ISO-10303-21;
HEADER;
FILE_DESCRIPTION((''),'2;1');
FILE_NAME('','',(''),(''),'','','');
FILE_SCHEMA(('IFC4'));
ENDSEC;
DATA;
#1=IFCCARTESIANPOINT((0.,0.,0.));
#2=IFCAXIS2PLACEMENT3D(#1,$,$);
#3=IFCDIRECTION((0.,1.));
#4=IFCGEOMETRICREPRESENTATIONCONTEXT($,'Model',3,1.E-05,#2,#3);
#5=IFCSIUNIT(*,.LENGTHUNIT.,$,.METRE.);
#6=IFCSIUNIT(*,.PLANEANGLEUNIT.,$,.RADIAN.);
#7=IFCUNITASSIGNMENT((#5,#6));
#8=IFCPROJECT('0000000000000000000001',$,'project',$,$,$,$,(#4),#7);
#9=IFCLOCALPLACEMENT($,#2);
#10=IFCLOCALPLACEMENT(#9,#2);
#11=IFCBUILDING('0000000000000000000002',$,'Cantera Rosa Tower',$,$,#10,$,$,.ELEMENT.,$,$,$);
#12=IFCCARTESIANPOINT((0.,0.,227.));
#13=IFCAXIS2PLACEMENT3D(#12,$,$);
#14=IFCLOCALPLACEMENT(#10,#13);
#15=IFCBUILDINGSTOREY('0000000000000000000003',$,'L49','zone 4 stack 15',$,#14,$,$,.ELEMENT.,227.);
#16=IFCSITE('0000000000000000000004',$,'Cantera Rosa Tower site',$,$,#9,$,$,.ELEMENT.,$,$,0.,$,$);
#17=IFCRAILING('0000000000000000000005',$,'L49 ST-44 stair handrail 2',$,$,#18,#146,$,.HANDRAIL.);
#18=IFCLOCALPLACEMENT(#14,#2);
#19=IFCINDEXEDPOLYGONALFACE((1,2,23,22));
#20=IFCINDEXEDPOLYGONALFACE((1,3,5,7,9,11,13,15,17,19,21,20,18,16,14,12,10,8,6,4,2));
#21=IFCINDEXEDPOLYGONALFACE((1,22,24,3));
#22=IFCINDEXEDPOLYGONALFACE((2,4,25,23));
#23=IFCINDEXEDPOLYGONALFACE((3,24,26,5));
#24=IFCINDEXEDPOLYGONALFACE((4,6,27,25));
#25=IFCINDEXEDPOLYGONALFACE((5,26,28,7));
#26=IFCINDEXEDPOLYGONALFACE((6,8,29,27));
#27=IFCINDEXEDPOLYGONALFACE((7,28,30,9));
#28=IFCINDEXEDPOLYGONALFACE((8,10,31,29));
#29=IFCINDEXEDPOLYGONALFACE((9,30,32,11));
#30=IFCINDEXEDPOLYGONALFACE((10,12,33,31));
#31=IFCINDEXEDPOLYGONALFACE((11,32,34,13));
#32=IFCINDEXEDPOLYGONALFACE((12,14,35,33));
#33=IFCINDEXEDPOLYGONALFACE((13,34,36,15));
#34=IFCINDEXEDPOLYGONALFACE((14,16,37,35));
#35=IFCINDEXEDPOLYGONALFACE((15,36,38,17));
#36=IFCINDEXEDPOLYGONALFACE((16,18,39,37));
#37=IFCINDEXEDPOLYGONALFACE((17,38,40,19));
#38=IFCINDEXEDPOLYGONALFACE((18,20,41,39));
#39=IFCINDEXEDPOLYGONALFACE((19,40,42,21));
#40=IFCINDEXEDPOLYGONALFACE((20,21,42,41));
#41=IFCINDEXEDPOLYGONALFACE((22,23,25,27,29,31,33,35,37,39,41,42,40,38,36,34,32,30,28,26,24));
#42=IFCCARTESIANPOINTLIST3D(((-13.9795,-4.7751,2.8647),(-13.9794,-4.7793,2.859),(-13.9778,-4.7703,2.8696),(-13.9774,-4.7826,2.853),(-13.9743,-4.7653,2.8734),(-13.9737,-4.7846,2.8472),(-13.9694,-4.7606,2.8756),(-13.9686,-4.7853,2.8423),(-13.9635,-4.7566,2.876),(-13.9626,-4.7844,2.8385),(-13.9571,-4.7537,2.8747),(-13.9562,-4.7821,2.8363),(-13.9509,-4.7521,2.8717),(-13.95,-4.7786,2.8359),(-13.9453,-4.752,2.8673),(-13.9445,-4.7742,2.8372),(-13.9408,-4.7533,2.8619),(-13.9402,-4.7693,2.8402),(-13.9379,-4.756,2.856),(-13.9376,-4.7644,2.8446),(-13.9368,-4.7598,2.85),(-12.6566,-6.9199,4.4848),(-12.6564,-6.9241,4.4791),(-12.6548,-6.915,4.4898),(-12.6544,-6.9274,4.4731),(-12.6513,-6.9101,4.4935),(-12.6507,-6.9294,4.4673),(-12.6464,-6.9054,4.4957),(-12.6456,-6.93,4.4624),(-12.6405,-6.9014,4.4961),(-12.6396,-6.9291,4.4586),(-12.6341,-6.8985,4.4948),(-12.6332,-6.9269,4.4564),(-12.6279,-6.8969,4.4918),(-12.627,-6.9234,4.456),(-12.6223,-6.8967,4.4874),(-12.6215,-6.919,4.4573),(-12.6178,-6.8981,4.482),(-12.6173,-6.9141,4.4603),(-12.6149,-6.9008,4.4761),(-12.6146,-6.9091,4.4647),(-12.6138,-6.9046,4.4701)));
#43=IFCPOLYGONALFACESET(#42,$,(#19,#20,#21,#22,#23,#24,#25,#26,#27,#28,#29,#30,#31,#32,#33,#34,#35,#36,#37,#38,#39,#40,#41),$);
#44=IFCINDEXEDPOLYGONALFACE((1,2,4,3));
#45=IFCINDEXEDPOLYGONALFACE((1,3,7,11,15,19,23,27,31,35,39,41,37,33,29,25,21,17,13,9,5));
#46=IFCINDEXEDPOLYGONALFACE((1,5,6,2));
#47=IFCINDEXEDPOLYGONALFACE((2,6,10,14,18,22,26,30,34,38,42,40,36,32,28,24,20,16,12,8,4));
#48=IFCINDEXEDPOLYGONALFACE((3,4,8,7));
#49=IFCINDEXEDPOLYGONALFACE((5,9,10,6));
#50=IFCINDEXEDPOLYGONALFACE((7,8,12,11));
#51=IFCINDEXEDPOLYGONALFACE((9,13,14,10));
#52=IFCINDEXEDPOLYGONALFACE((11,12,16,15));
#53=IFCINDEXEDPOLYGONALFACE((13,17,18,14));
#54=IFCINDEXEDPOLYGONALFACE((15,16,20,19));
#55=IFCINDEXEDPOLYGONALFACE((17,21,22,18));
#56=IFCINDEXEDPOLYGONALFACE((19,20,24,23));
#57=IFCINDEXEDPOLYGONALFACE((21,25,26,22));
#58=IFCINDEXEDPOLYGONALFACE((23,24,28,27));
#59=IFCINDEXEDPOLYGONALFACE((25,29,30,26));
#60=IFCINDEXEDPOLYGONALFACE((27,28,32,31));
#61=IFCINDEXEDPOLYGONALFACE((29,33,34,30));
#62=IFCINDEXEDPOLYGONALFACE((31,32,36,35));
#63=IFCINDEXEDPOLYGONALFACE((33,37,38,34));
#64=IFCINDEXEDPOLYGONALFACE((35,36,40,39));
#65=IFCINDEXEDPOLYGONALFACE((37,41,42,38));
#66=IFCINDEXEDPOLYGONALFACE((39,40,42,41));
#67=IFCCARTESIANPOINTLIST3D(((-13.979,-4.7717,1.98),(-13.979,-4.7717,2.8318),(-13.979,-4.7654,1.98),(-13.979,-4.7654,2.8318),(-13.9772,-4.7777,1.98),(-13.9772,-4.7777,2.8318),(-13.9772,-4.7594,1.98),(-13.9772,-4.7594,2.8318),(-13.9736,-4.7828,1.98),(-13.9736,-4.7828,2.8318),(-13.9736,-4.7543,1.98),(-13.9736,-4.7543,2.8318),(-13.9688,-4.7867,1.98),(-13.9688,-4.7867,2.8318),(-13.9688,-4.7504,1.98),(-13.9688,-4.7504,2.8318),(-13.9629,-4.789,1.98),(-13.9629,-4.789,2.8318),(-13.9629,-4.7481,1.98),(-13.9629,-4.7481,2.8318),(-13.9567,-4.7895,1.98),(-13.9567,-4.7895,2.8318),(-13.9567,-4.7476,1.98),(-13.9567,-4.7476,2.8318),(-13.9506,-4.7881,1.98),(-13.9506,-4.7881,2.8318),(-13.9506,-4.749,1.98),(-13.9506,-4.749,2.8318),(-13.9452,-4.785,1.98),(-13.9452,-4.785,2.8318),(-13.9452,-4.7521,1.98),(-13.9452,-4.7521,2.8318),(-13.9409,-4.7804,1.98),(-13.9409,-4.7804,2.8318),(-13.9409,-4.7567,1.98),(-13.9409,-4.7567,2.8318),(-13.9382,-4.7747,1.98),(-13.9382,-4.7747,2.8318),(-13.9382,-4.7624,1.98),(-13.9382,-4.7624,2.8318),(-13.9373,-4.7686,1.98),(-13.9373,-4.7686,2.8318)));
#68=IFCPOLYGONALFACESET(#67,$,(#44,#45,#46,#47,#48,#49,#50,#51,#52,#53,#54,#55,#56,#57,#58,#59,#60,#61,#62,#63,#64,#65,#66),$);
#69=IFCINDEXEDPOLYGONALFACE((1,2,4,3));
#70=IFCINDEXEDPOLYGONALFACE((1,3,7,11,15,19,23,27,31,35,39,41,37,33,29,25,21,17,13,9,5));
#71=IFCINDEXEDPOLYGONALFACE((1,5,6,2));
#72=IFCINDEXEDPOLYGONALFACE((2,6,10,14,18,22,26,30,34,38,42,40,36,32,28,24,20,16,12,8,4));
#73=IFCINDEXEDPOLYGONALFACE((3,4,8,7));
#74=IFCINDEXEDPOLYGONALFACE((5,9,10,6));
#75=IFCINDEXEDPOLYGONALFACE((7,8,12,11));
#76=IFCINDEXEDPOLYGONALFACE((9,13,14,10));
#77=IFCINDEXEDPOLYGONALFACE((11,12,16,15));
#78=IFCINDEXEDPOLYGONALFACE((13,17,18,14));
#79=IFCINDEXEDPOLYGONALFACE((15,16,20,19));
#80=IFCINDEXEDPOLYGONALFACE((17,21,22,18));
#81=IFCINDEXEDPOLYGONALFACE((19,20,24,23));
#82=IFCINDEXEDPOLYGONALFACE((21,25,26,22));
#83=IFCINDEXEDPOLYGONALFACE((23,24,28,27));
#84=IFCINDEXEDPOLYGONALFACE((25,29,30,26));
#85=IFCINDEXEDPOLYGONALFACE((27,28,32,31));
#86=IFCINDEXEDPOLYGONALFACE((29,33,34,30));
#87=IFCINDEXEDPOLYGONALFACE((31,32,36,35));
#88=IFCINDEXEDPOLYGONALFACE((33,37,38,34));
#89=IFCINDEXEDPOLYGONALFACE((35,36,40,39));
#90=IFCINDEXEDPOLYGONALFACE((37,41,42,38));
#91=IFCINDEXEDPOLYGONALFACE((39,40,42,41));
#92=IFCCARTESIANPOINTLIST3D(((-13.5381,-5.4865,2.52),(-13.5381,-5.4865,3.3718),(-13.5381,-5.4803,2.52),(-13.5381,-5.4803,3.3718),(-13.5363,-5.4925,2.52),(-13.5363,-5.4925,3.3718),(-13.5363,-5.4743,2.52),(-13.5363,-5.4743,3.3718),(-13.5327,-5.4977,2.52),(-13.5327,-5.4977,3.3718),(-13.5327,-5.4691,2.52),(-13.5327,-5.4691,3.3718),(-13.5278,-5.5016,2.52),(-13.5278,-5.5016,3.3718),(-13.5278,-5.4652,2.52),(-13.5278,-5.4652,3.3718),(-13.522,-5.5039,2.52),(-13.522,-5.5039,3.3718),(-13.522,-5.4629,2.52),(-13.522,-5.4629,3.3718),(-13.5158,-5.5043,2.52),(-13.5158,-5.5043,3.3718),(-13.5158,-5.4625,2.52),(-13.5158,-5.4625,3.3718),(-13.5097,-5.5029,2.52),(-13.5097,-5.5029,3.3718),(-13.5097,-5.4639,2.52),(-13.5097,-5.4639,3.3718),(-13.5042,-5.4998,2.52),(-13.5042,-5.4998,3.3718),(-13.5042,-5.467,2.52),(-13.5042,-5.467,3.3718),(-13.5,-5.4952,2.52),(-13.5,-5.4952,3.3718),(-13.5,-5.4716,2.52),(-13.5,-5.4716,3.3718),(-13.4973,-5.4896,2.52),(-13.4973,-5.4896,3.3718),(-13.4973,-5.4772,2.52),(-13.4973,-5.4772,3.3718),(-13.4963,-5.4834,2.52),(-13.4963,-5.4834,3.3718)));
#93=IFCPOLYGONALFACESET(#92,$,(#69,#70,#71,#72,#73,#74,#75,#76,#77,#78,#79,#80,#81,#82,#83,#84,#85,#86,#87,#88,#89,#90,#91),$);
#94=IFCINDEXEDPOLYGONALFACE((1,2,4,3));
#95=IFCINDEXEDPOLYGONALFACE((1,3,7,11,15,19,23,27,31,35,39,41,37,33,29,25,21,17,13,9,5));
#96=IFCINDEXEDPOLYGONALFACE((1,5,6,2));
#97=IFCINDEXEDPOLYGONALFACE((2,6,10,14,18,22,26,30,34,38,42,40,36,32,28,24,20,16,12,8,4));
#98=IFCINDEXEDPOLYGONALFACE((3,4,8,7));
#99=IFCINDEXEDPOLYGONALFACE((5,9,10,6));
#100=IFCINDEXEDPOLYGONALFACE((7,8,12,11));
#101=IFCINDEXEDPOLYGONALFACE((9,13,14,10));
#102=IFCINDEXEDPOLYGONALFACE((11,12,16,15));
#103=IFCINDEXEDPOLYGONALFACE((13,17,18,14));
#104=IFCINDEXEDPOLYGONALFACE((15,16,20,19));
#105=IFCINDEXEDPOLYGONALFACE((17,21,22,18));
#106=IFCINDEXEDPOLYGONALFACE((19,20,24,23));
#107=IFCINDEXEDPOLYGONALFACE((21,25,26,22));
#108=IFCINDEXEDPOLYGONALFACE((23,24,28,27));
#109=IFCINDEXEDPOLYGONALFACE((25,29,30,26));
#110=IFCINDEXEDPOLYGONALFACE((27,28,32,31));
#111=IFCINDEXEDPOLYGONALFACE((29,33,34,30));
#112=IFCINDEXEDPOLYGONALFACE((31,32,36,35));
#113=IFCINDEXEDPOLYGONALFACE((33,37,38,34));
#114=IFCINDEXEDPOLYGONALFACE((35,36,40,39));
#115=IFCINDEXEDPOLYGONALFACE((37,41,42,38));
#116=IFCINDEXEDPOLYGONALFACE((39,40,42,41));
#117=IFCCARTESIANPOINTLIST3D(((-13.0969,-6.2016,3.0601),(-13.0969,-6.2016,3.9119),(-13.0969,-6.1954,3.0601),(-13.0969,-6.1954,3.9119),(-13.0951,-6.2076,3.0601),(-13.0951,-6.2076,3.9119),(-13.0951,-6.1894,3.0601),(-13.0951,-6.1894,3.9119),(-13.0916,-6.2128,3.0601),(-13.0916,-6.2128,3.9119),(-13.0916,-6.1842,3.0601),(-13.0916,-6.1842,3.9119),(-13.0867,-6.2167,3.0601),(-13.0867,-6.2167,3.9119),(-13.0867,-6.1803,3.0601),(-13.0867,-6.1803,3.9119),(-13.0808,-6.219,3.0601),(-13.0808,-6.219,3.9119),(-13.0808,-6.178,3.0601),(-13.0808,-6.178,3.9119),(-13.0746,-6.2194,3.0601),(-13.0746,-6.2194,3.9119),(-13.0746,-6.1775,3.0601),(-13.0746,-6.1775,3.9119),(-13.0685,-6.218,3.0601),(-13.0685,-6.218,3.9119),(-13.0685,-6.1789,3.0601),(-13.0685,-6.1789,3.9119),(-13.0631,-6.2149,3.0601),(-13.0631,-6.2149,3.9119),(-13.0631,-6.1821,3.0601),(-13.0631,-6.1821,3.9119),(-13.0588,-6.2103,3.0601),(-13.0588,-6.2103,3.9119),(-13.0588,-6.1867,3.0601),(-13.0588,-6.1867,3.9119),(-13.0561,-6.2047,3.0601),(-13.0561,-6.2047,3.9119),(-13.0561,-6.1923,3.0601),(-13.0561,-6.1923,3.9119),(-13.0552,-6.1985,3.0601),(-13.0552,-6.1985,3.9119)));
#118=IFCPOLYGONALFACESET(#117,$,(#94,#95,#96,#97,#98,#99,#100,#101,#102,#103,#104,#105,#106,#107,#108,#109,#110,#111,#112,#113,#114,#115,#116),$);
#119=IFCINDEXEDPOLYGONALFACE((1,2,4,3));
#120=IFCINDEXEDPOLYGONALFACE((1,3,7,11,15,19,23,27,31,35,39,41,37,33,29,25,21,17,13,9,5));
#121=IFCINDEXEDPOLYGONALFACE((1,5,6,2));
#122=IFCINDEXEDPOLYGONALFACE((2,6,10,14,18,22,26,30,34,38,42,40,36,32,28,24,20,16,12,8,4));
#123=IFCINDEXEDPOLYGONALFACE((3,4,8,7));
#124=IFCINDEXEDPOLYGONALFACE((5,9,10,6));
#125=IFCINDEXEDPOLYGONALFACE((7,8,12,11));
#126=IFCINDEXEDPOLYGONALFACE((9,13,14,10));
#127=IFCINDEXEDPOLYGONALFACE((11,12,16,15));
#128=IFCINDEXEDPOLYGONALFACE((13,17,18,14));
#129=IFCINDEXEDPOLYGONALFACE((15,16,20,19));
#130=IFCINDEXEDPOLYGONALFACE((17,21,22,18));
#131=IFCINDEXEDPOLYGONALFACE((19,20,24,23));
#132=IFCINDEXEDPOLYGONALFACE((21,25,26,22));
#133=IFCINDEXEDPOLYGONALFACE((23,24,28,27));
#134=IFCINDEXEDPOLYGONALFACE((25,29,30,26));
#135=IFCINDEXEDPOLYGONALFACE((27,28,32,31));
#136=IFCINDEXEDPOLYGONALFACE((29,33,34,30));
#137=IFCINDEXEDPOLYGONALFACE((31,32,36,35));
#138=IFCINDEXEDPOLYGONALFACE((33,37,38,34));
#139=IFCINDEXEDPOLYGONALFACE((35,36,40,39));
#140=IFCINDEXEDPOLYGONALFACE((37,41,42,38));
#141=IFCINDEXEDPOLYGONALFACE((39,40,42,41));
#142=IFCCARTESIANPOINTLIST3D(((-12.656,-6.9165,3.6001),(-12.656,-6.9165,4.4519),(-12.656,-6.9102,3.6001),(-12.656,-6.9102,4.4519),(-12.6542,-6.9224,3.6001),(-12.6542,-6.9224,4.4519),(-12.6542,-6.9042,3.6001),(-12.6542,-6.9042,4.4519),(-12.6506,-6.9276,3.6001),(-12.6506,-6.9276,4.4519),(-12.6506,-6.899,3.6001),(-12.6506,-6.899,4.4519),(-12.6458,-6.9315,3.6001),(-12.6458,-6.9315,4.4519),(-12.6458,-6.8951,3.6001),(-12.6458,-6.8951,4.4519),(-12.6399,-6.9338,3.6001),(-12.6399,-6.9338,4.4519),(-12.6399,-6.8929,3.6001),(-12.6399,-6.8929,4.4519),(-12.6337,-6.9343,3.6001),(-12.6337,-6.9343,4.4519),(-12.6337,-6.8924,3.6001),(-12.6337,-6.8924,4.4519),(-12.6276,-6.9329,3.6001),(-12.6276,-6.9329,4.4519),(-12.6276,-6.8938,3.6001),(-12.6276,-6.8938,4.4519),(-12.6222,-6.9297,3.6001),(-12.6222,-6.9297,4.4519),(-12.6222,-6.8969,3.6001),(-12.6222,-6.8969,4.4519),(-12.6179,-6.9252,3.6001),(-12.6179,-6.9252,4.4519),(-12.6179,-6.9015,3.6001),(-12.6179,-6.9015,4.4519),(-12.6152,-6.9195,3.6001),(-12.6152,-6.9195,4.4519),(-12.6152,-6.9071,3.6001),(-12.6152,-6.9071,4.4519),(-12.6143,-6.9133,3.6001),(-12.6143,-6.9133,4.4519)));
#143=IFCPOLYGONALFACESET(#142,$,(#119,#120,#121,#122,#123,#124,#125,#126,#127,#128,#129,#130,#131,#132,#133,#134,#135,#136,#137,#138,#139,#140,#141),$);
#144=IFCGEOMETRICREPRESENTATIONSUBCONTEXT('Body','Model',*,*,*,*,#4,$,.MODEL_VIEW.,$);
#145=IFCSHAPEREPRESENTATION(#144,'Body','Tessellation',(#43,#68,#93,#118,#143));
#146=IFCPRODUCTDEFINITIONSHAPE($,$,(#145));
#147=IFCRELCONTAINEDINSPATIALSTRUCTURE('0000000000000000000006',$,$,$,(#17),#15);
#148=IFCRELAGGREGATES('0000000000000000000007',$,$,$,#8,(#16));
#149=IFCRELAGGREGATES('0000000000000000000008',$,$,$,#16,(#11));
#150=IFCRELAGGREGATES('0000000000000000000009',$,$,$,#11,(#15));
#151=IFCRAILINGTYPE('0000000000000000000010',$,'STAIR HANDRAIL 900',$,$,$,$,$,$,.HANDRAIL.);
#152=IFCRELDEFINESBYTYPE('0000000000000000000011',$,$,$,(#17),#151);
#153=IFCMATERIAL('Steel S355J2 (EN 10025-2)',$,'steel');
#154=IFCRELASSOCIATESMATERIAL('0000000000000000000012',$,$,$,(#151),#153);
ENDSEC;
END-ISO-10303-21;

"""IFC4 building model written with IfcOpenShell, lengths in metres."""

from ifc_helpers import new_model, si_unit, direction, frame, origin, origin_2d, place, context, subcontext, project, spatial, circle, extrude, material, type_object, element, save


model = new_model("IFC4")

# Units and contexts
model_context = context("Model", 3, precision=1e-05, world=origin(), true_north=direction((0.0, 1.0)))
body_context = subcontext(model_context, "Body", "Model", "MODEL_VIEW")
ifc_project = project(units=[si_unit("LENGTHUNIT", "METRE"), si_unit("PLANEANGLEUNIT", "RADIAN")], contexts=[model_context])

# Site, building, storey
site_placement = place(None, origin())
site = spatial("IfcSite", under=ifc_project, at=site_placement, Name="Cantera Rosa Tower site", CompositionType="ELEMENT", RefElevation=0.0)
building_placement = place(site_placement, origin())
building = spatial("IfcBuilding", under=site, at=building_placement, Name="Cantera Rosa Tower", CompositionType="ELEMENT")
storey_placement = place(building_placement, frame((0.0, 0.0, 227.0)))
storey = spatial("IfcBuildingStorey", under=building, at=storey_placement, Name="L49", Description="zone 4 stack 15", CompositionType="ELEMENT", Elevation=227.0)

# Railing
ifc_material_1 = material(Name="Steel S355J2 (EN 10025-2)", Category="steel")
railing_type_1 = type_object("IfcRailingType", Name="STAIR HANDRAIL 900", PredefinedType="HANDRAIL", material=ifc_material_1)
railing_1_placement = place(storey_placement, frame((-13.9583, -4.7686, 1.98)))
element("IfcRailing", 1, at=railing_1_placement, inside=storey, type_object=railing_type_1, Name="L49 ST-44 stair handrail 2", PredefinedType="HANDRAIL", context=body_context, shape_type="SweptSolid", body=[
    extrude(circle(Radius=0.0239, at=origin_2d()), frame((0.0, 0.0, 0.876), z_axis=(0.441609, -0.715914, 0.540786), x_axis=(0.851102, 0.525, 0.0)), (0.0, 0.0, 1.0), 2.9958),
    extrude(circle(Radius=0.021, at=origin_2d()), origin(), (0.0, 0.0, 1.0), 0.8518),
    extrude(circle(Radius=0.021, at=origin_2d()), frame((0.4409, -0.7148, 0.54)), (0.0, 0.0, 1.0), 0.8518),
    extrude(circle(Radius=0.021, at=origin_2d()), frame((0.8821, -1.4299, 1.0801)), (0.0, 0.0, 1.0), 0.8518),
    extrude(circle(Radius=0.021, at=origin_2d()), frame((1.323, -2.1448, 1.6201)), (0.0, 0.0, 1.0), 0.8518),
])

save(model, "model.ifc")
